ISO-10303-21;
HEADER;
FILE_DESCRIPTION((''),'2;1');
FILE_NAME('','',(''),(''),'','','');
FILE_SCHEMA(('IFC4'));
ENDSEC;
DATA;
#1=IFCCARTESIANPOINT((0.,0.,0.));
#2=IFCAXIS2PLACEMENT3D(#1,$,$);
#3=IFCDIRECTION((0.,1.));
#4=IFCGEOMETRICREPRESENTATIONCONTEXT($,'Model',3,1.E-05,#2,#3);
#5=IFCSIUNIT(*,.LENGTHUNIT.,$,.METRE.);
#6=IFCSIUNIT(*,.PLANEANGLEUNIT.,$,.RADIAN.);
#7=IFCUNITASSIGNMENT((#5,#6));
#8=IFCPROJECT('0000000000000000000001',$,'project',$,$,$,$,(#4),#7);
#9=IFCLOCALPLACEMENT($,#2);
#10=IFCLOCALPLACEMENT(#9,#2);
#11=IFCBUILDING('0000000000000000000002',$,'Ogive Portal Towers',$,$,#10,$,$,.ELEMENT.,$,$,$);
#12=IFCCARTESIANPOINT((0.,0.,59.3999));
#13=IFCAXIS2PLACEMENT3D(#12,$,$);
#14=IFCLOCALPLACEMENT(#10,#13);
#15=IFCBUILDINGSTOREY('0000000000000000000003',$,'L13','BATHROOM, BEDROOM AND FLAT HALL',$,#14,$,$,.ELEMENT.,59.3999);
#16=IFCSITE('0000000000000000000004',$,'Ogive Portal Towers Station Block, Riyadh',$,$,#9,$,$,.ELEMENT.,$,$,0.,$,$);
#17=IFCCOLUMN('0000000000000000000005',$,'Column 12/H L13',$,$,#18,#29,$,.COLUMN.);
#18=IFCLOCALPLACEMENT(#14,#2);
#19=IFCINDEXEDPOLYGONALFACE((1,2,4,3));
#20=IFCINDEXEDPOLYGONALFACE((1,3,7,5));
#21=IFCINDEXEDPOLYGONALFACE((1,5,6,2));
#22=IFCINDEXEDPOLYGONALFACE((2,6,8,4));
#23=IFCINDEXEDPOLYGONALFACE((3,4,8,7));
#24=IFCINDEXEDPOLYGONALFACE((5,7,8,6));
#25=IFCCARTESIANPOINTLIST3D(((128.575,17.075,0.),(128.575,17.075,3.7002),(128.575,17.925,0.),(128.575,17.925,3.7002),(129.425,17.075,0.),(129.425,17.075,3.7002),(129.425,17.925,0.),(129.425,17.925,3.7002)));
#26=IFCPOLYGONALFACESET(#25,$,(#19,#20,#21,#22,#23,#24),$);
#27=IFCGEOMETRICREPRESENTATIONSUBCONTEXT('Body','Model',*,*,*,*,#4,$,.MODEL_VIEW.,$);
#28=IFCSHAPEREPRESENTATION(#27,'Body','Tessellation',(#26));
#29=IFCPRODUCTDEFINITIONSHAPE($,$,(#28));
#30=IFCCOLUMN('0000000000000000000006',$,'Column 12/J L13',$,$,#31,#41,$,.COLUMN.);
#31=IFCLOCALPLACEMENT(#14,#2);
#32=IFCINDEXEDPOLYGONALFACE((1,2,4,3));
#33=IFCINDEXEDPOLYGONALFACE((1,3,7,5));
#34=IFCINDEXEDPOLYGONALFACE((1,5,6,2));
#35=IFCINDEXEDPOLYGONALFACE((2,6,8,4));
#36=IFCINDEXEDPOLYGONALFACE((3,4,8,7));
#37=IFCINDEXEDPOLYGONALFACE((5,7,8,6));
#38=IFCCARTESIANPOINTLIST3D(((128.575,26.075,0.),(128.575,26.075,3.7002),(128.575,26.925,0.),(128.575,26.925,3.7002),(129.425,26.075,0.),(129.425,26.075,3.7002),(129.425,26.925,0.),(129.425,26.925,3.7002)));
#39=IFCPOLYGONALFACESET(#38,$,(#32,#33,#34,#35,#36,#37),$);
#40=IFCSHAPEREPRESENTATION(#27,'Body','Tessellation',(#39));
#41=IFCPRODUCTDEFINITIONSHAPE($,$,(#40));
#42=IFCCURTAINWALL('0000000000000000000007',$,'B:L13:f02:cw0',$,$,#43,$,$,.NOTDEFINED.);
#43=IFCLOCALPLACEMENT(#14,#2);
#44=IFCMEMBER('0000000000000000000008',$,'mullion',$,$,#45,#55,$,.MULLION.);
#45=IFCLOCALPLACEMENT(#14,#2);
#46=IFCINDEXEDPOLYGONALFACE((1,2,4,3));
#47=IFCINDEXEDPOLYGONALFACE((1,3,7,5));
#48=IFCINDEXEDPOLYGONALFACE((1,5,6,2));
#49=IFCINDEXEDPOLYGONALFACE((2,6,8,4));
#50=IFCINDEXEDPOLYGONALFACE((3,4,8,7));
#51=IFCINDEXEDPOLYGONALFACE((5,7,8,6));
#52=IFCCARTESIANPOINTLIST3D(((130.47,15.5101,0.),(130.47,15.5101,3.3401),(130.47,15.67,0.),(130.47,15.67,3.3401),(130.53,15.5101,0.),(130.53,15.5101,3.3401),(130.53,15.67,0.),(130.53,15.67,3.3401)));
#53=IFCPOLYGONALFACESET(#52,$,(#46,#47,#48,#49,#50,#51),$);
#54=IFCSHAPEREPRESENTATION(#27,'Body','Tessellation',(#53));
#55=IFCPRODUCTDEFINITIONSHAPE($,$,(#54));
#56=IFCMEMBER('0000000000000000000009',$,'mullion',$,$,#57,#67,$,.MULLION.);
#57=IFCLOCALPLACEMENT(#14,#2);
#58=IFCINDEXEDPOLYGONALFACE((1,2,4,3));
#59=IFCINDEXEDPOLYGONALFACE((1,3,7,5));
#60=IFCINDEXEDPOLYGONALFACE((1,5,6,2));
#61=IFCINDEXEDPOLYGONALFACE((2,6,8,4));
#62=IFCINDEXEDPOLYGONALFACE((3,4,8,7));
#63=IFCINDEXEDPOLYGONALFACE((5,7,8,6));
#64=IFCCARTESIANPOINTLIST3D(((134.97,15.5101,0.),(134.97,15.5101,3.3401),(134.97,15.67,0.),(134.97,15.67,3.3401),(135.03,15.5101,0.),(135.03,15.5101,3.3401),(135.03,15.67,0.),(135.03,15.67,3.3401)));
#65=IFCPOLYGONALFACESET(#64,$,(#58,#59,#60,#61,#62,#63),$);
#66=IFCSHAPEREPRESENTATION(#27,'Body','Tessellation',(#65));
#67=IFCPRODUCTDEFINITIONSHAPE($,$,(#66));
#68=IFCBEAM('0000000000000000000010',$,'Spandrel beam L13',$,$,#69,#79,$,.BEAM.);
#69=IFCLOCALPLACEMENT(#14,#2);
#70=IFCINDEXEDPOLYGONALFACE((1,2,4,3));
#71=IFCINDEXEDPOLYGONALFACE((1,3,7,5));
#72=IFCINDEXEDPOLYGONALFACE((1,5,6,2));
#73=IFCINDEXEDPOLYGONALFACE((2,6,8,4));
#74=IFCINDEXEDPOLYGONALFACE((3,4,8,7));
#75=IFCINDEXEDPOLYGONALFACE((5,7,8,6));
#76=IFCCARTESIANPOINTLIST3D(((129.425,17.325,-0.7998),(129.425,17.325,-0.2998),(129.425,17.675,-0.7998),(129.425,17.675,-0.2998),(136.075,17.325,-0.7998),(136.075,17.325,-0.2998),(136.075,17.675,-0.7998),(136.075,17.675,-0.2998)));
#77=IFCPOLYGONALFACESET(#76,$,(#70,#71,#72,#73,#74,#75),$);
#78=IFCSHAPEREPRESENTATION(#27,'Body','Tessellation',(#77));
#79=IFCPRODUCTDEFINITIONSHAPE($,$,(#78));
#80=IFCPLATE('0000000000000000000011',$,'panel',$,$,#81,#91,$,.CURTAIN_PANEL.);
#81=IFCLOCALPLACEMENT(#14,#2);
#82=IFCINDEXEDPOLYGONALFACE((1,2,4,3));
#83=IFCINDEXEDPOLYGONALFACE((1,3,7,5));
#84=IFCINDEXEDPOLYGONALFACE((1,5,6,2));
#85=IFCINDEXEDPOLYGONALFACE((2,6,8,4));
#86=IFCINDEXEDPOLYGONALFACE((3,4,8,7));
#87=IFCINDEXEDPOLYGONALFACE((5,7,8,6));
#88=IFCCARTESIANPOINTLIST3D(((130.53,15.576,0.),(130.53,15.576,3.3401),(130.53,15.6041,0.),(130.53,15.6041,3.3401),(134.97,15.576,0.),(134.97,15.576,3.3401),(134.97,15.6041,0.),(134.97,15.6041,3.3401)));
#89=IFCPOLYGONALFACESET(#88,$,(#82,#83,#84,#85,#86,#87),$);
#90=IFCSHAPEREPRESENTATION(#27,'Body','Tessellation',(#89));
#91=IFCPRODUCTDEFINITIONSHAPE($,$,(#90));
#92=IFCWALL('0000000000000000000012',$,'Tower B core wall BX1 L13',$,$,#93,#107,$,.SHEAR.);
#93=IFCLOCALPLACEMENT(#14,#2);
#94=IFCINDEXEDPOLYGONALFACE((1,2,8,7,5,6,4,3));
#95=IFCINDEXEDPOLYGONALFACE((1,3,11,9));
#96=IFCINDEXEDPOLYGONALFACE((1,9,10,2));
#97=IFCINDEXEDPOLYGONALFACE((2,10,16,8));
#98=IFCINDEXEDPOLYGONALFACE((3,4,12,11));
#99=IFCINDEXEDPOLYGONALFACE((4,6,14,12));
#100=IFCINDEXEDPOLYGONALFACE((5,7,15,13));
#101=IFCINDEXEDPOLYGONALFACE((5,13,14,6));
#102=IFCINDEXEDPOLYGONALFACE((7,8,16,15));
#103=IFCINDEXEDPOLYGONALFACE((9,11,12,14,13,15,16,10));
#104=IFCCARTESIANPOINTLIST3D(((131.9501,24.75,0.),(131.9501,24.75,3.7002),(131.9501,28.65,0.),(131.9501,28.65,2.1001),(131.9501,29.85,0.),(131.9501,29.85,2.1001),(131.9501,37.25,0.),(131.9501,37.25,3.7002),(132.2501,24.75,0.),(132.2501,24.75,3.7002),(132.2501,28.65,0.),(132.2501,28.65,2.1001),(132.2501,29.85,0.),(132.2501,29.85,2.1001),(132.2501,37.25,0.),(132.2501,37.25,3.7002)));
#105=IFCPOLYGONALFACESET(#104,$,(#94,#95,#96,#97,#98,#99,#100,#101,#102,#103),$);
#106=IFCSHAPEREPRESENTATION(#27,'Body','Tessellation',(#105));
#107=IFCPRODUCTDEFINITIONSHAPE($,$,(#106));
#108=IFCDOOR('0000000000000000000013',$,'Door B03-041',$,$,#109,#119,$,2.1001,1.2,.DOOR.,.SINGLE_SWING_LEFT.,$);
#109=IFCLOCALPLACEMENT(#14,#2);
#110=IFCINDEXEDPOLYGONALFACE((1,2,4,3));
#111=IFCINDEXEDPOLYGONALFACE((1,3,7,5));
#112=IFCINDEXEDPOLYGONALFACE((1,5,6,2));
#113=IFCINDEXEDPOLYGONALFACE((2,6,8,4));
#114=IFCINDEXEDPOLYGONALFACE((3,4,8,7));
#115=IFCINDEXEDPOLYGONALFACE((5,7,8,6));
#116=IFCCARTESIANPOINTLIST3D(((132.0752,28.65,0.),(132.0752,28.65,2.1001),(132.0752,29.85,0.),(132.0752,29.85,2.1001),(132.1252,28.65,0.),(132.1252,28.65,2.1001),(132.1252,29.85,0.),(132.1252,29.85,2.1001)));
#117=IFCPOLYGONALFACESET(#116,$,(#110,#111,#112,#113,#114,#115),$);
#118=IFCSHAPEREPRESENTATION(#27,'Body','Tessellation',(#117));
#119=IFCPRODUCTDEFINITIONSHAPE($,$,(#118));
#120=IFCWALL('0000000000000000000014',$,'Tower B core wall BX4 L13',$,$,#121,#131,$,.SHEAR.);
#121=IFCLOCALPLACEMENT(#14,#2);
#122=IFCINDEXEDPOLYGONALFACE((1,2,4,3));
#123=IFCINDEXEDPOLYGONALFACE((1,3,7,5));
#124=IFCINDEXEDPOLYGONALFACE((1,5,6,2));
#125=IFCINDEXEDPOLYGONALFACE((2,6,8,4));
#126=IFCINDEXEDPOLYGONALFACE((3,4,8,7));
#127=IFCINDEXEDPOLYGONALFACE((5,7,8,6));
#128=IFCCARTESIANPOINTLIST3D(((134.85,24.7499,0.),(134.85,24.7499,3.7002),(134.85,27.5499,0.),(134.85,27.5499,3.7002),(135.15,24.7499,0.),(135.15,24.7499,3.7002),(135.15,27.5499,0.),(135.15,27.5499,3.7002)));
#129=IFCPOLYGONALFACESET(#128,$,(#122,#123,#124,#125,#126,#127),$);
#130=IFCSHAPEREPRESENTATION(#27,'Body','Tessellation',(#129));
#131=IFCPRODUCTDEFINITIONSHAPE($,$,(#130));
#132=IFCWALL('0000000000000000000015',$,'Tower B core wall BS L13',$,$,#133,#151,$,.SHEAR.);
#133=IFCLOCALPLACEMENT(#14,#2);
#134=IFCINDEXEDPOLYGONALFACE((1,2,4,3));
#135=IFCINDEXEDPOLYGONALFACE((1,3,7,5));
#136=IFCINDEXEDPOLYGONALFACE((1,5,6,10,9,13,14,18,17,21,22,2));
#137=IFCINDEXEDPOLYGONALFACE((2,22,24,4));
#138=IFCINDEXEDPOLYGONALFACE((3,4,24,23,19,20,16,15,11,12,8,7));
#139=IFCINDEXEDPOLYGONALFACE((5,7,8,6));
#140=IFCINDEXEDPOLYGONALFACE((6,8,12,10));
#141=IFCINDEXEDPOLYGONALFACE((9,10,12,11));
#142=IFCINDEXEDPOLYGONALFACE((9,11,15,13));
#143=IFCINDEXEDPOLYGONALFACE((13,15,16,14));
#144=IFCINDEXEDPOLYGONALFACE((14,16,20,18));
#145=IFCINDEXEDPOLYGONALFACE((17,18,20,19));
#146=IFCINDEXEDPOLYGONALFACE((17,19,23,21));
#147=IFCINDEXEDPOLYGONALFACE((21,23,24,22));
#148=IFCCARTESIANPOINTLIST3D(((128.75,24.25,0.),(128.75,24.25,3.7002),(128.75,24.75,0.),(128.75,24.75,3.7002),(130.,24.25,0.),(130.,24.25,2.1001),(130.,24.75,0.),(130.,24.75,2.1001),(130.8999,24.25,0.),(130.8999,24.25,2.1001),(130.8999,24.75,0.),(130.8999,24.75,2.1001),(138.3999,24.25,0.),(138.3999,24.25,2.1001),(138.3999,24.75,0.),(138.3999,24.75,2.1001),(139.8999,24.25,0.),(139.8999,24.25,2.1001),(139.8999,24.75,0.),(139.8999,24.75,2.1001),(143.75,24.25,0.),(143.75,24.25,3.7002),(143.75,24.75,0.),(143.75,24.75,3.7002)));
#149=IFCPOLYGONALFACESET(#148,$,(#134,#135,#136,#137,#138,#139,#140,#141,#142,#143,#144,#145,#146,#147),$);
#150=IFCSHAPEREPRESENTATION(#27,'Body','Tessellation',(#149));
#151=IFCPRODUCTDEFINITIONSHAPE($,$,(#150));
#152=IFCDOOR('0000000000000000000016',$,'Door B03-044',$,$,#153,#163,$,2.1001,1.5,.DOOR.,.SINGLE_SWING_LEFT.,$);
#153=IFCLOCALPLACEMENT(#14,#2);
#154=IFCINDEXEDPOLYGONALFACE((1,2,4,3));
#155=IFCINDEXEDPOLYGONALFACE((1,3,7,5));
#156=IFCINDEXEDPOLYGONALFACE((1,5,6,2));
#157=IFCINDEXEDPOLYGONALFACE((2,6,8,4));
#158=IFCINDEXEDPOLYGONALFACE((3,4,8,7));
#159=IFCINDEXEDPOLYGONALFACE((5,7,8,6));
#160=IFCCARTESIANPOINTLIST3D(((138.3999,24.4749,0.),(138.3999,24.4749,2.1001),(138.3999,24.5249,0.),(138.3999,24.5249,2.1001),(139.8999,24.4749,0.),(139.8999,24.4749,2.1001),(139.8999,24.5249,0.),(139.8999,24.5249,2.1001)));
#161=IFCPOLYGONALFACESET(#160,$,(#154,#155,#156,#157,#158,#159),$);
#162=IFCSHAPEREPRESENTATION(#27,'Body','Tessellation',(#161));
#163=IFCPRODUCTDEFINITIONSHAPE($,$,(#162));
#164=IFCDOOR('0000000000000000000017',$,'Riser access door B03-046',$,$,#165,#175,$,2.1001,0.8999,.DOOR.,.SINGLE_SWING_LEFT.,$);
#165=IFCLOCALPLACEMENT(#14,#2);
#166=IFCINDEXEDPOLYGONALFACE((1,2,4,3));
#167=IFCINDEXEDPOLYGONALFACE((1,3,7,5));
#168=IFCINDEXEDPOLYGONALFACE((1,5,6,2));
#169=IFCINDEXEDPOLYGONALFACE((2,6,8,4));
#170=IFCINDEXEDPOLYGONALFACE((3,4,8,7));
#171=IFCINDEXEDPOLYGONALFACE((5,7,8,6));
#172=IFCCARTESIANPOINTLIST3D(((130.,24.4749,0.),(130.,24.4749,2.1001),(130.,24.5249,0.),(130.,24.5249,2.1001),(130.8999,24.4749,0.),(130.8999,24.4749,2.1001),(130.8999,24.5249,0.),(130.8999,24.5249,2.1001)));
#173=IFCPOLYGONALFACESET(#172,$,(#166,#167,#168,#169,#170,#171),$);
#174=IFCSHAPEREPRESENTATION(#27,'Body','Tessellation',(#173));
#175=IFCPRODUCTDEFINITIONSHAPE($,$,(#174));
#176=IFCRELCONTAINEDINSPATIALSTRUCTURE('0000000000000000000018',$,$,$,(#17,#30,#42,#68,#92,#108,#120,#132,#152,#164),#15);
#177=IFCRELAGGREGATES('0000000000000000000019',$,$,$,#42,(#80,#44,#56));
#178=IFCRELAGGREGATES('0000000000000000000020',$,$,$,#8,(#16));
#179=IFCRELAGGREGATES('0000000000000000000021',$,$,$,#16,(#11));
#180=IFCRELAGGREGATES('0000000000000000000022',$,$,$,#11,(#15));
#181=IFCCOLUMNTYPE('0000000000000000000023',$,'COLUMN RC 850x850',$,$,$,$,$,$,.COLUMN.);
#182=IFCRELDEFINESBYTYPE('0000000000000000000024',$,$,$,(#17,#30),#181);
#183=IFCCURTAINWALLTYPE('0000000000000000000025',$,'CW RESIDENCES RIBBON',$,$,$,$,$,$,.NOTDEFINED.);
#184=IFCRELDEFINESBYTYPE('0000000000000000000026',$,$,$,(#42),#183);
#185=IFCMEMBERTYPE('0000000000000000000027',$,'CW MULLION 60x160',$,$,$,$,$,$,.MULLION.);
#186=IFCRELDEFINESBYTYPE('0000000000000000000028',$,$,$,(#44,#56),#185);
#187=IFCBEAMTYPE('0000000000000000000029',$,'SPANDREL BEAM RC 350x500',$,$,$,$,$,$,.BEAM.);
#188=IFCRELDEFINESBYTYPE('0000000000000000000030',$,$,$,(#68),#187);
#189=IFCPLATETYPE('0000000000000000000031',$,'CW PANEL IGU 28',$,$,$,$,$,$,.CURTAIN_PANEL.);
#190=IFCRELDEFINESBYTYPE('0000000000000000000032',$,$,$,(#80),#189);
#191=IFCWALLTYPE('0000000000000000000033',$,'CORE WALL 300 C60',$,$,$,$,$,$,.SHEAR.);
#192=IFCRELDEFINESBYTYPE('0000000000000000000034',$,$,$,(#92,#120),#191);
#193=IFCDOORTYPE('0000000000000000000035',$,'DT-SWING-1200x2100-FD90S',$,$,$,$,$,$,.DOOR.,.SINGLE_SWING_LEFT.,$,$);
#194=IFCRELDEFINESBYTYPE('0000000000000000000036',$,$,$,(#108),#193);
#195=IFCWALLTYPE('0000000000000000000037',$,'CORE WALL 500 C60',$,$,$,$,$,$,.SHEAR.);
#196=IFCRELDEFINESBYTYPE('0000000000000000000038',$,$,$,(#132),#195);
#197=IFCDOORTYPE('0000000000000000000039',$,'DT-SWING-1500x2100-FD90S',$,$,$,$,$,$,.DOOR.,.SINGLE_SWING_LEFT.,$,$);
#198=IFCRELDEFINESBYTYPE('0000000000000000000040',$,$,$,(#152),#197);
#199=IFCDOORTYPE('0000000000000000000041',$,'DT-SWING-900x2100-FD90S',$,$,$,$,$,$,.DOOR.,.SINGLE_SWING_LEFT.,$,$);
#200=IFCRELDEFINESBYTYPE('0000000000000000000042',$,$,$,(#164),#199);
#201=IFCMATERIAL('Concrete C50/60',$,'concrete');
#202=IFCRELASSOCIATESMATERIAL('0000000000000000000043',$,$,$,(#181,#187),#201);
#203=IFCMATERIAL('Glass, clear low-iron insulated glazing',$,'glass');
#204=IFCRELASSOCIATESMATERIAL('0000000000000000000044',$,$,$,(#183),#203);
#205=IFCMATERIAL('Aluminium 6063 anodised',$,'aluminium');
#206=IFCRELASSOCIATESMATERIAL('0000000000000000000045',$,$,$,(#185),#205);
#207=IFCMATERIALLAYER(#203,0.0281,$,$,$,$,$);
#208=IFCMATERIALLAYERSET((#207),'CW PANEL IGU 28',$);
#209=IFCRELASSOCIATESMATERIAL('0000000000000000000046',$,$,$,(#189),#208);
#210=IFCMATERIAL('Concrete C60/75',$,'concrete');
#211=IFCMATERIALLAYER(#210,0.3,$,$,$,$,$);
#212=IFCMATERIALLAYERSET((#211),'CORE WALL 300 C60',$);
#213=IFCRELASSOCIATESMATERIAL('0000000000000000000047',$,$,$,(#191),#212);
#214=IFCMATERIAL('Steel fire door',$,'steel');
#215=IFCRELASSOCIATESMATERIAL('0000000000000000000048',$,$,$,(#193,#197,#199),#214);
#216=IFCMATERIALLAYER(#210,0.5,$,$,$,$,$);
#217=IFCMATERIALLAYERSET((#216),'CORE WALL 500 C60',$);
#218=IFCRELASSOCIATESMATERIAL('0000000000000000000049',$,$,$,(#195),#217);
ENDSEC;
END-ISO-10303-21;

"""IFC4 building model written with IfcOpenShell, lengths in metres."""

from ifc_helpers import new_model, si_unit, direction, frame, frame_2d, origin, origin_2d, place, context, subcontext, project, spatial, rectangle, extrude, material, layer, layer_set, material_profile, profile_set, type_object, element, fill, aggregate, save


model = new_model("IFC4")

# Units and contexts
model_context = context("Model", 3, precision=1e-05, world=origin(), true_north=direction((0.0, 1.0)))
body_context = subcontext(model_context, "Body", "Model", "MODEL_VIEW")
ifc_project = project(units=[si_unit("LENGTHUNIT", "METRE"), si_unit("PLANEANGLEUNIT", "RADIAN")], contexts=[model_context])

# Site, building, storey
site_placement = place(None, origin())
site = spatial("IfcSite", under=ifc_project, at=site_placement, Name="Ogive Portal Towers Station Block, Riyadh", CompositionType="ELEMENT", RefElevation=0.0)
building_placement = place(site_placement, origin())
building = spatial("IfcBuilding", under=site, at=building_placement, Name="Ogive Portal Towers", CompositionType="ELEMENT")
storey_placement = place(building_placement, frame((0.0, 0.0, 59.3999)))
storey = spatial("IfcBuildingStorey", under=building, at=storey_placement, Name="L13", Description="BATHROOM, BEDROOM AND FLAT HALL", CompositionType="ELEMENT", Elevation=59.3999)

# Columns
ifc_material_1 = material(Name="Concrete C50/60", Category="concrete")
ifc_material_profile_1 = material_profile(ifc_material_1, rectangle(XDim=0.8501, YDim=0.8501, at=origin_2d()), Name="RC 850x850")
ifc_profile_set_1 = profile_set([ifc_material_profile_1], Name="Concrete C50/60")
column_type = type_object("IfcColumnType", Name="COLUMN RC 850x850", PredefinedType="COLUMN", material=ifc_profile_set_1)
for number, where, z_axis, x_axis, name in (
    (1, (129.0, 17.5, 0.0), (0.0, 0.0, 1.0), (1.0, 0.0, 0.0), "Column 12/H L13"),
    (2, (129.0, 26.5, 0.0), (0.0, 0.0, 1.0), (1.0, 0.0, 0.0), "Column 12/J L13"),
):
    element("IfcColumn", number, at=place(storey_placement, frame(where, z_axis=z_axis, x_axis=x_axis)), inside=storey, type_object=column_type, Name=name, PredefinedType="COLUMN", context=body_context, shape_type="SweptSolid", body=[
        extrude(rectangle(XDim=0.8501, YDim=0.8501, at=origin_2d()), origin(), (0.0, 0.0, 1.0), 3.7002),
    ])

# Curtain wall, members
ifc_material_2 = material(Name="Glass, clear low-iron insulated glazing", Category="glass")
curtain_wall_type = type_object("IfcCurtainWallType", Name="CW RESIDENCES RIBBON", PredefinedType="NOTDEFINED", material=ifc_material_2)
curtain_wall_placement = place(storey_placement, origin())
curtain_wall = element("IfcCurtainWall", 3, at=curtain_wall_placement, inside=storey, type_object=curtain_wall_type, Name="B:L13:f02:cw0", PredefinedType="NOTDEFINED")
ifc_material_3 = material(Name="Aluminium 6063 anodised", Category="aluminium")
ifc_material_profile_2 = material_profile(ifc_material_3, rectangle(XDim=0.1599, YDim=0.0601, at=origin_2d()), Name="AL 60x160")
ifc_profile_set_2 = profile_set([ifc_material_profile_2], Name="Aluminium 6063 anodised")
member_type = type_object("IfcMemberType", Name="CW MULLION 60x160", PredefinedType="MULLION", material=ifc_profile_set_2)
member_1_placement = place(storey_placement, frame((130.5, 15.5901, 0.0), z_axis=(0.0, 0.0, 1.0), x_axis=(0.0, 1.0, 0.0)))
member_1 = element("IfcMember", 4, at=member_1_placement, type_object=member_type, Name="mullion", PredefinedType="MULLION", context=body_context, shape_type="SweptSolid", body=[
    extrude(rectangle(XDim=0.1599, YDim=0.0601, at=origin_2d()), origin(), (0.0, 0.0, 1.0), 3.3401),
])
member_2_placement = place(storey_placement, frame((135.0, 15.5901, 0.0), z_axis=(0.0, 0.0, 1.0), x_axis=(0.0, 1.0, 0.0)))
member_2 = element("IfcMember", 5, at=member_2_placement, type_object=member_type, Name="mullion", PredefinedType="MULLION", context=body_context, shape_type="SweptSolid", body=[
    extrude(rectangle(XDim=0.1599, YDim=0.0601, at=origin_2d()), origin(), (0.0, 0.0, 1.0), 3.3401),
])

# Beam
ifc_material_profile_3 = material_profile(ifc_material_1, rectangle(XDim=0.3501, YDim=0.5, at=origin_2d()), Name="RC 350x500")
ifc_profile_set_3 = profile_set([ifc_material_profile_3], Name="Concrete C50/60")
beam_type = type_object("IfcBeamType", Name="SPANDREL BEAM RC 350x500", PredefinedType="BEAM", material=ifc_profile_set_3)
beam_placement = place(storey_placement, frame((129.425, 17.5, -0.5498), z_axis=(1.0, 0.0, 0.0), x_axis=(0.0, 1.0, 0.0)))
element("IfcBeam", 6, at=beam_placement, inside=storey, type_object=beam_type, Name="Spandrel beam L13", PredefinedType="BEAM", context=body_context, shape_type="SweptSolid", body=[
    extrude(rectangle(XDim=0.3501, YDim=0.5, at=origin_2d()), origin(), (0.0, 0.0, 1.0), 6.6499),
])

# Plate
ifc_layer_1 = layer(ifc_material_2, 0.0281)
ifc_layer_set_1 = layer_set([ifc_layer_1], Name="CW PANEL IGU 28")
plate_type = type_object("IfcPlateType", Name="CW PANEL IGU 28", PredefinedType="CURTAIN_PANEL", material=ifc_layer_set_1)
plate_placement = place(storey_placement, frame((132.75, 15.5901, 0.0), z_axis=(0.0, 0.0, 1.0), x_axis=(1.0, 0.0, 0.0)))
plate = element("IfcPlate", 7, at=plate_placement, type_object=plate_type, Name="panel", PredefinedType="CURTAIN_PANEL", context=body_context, shape_type="SweptSolid", body=[
    extrude(rectangle(XDim=4.4399, YDim=0.0281, at=origin_2d()), origin(), (0.0, 0.0, 1.0), 3.3401),
])
aggregate(curtain_wall, [plate, member_1, member_2])

# Wall, opening, door
ifc_material_4 = material(Name="Concrete C60/75", Category="concrete")
ifc_layer_2 = layer(ifc_material_4, 0.3)
ifc_layer_set_2 = layer_set([ifc_layer_2], Name="CORE WALL 300 C60")
wall_type_1 = type_object("IfcWallType", Name="CORE WALL 300 C60", PredefinedType="SHEAR", material=ifc_layer_set_2)
wall_1_placement = place(storey_placement, frame((132.1001, 24.75, 0.0), z_axis=(0.0, 0.0, 1.0), x_axis=(0.0, 1.0, 0.0)))
wall_1 = element("IfcWall", 8, at=wall_1_placement, inside=storey, type_object=wall_type_1, Name="Tower B core wall BX1 L13", PredefinedType="SHEAR", context=body_context, shape_type="SweptSolid", body=[
    extrude(rectangle(XDim=12.5, YDim=0.3, at=frame_2d((6.25, 0.0))), origin(), (0.0, 0.0, 1.0), 3.7002),
])
opening_1_placement = place(wall_1_placement, frame((3.8999, 0.0, 0.0)))
opening_1 = element("IfcOpeningElement", 9, at=opening_1_placement, cuts=wall_1, PredefinedType="OPENING", context=body_context, shape_type="SweptSolid", body=[
    extrude(rectangle(XDim=1.2, YDim=2.1001, at=frame_2d((0.6001, 1.05))), frame((0.0, 0.1602, 0.0), z_axis=(0.0, -1.0, 0.0), x_axis=(1.0, 0.0, 0.0)), (0.0, 0.0, 1.0), 0.3201),
])
ifc_material_5 = material(Name="Steel fire door", Category="steel")
door_type_1 = type_object("IfcDoorType", Name="DT-SWING-1200x2100-FD90S", OperationType="SINGLE_SWING_LEFT", PredefinedType="DOOR", material=ifc_material_5)
door_1_placement = place(opening_1_placement, origin())
door_1 = element("IfcDoor", 10, at=door_1_placement, inside=storey, type_object=door_type_1, Name="Door B03-041", OperationType="SINGLE_SWING_LEFT", OverallHeight=2.1001, OverallWidth=1.2, PredefinedType="DOOR", context=body_context, shape_type="SweptSolid", body=[
    extrude(rectangle(XDim=1.2, YDim=2.1001, at=frame_2d((0.6001, 1.05))), frame((0.0, 0.0249, 0.0), z_axis=(0.0, -1.0, 0.0), x_axis=(1.0, 0.0, 0.0)), (0.0, 0.0, 1.0), 0.05),
])
fill(opening_1, door_1)

# Wall
wall_2_placement = place(storey_placement, frame((135.0, 24.75, 0.0), z_axis=(0.0, 0.0, 1.0), x_axis=(0.0, 1.0, 0.0)))
element("IfcWall", 11, at=wall_2_placement, inside=storey, type_object=wall_type_1, Name="Tower B core wall BX4 L13", PredefinedType="SHEAR", context=body_context, shape_type="SweptSolid", body=[
    extrude(rectangle(XDim=2.8, YDim=0.3, at=frame_2d((1.3999, 0.0))), origin(), (0.0, 0.0, 1.0), 3.7002),
])

# Wall, openings, doors
ifc_layer_3 = layer(ifc_material_4, 0.5)
ifc_layer_set_3 = layer_set([ifc_layer_3], Name="CORE WALL 500 C60")
wall_type_2 = type_object("IfcWallType", Name="CORE WALL 500 C60", PredefinedType="SHEAR", material=ifc_layer_set_3)
wall_3_placement = place(storey_placement, frame((128.75, 24.5, 0.0), z_axis=(0.0, 0.0, 1.0), x_axis=(1.0, 0.0, 0.0)))
wall_3 = element("IfcWall", 12, at=wall_3_placement, inside=storey, type_object=wall_type_2, Name="Tower B core wall BS L13", PredefinedType="SHEAR", context=body_context, shape_type="SweptSolid", body=[
    extrude(rectangle(XDim=15.0, YDim=0.5, at=frame_2d((7.5, 0.0))), origin(), (0.0, 0.0, 1.0), 3.7002),
])
opening_2_placement = place(wall_3_placement, frame((9.6499, 0.0, 0.0)))
opening_2 = element("IfcOpeningElement", 13, at=opening_2_placement, cuts=wall_3, PredefinedType="OPENING", context=body_context, shape_type="SweptSolid", body=[
    extrude(rectangle(XDim=1.5, YDim=2.1001, at=frame_2d((0.75, 1.05))), frame((0.0, 0.26, 0.0), z_axis=(0.0, -1.0, 0.0), x_axis=(1.0, 0.0, 0.0)), (0.0, 0.0, 1.0), 0.52),
])
opening_3_placement = place(wall_3_placement, frame((1.25, 0.0, 0.0)))
opening_3 = element("IfcOpeningElement", 14, at=opening_3_placement, cuts=wall_3, PredefinedType="OPENING", context=body_context, shape_type="SweptSolid", body=[
    extrude(rectangle(XDim=0.8999, YDim=2.1001, at=frame_2d((0.45, 1.05))), frame((0.0, 0.26, 0.0), z_axis=(0.0, -1.0, 0.0), x_axis=(1.0, 0.0, 0.0)), (0.0, 0.0, 1.0), 0.52),
])
door_type_2 = type_object("IfcDoorType", Name="DT-SWING-1500x2100-FD90S", OperationType="SINGLE_SWING_LEFT", PredefinedType="DOOR", material=ifc_material_5)
door_2_placement = place(opening_2_placement, origin())
door_2 = element("IfcDoor", 15, at=door_2_placement, inside=storey, type_object=door_type_2, Name="Door B03-044", OperationType="SINGLE_SWING_LEFT", OverallHeight=2.1001, OverallWidth=1.5, PredefinedType="DOOR", context=body_context, shape_type="SweptSolid", body=[
    extrude(rectangle(XDim=1.5, YDim=2.1001, at=frame_2d((0.75, 1.05))), frame((0.0, 0.0249, 0.0), z_axis=(0.0, -1.0, 0.0), x_axis=(1.0, 0.0, 0.0)), (0.0, 0.0, 1.0), 0.05),
])
fill(opening_2, door_2)
door_type_3 = type_object("IfcDoorType", Name="DT-SWING-900x2100-FD90S", OperationType="SINGLE_SWING_LEFT", PredefinedType="DOOR", material=ifc_material_5)
door_3_placement = place(opening_3_placement, origin())
door_3 = element("IfcDoor", 16, at=door_3_placement, inside=storey, type_object=door_type_3, Name="Riser access door B03-046", OperationType="SINGLE_SWING_LEFT", OverallHeight=2.1001, OverallWidth=0.8999, PredefinedType="DOOR", context=body_context, shape_type="SweptSolid", body=[
    extrude(rectangle(XDim=0.8999, YDim=2.1001, at=frame_2d((0.45, 1.05))), frame((0.0, 0.0249, 0.0), z_axis=(0.0, -1.0, 0.0), x_axis=(1.0, 0.0, 0.0)), (0.0, 0.0, 1.0), 0.05),
])
fill(opening_3, door_3)

save(model, "model.ifc")
